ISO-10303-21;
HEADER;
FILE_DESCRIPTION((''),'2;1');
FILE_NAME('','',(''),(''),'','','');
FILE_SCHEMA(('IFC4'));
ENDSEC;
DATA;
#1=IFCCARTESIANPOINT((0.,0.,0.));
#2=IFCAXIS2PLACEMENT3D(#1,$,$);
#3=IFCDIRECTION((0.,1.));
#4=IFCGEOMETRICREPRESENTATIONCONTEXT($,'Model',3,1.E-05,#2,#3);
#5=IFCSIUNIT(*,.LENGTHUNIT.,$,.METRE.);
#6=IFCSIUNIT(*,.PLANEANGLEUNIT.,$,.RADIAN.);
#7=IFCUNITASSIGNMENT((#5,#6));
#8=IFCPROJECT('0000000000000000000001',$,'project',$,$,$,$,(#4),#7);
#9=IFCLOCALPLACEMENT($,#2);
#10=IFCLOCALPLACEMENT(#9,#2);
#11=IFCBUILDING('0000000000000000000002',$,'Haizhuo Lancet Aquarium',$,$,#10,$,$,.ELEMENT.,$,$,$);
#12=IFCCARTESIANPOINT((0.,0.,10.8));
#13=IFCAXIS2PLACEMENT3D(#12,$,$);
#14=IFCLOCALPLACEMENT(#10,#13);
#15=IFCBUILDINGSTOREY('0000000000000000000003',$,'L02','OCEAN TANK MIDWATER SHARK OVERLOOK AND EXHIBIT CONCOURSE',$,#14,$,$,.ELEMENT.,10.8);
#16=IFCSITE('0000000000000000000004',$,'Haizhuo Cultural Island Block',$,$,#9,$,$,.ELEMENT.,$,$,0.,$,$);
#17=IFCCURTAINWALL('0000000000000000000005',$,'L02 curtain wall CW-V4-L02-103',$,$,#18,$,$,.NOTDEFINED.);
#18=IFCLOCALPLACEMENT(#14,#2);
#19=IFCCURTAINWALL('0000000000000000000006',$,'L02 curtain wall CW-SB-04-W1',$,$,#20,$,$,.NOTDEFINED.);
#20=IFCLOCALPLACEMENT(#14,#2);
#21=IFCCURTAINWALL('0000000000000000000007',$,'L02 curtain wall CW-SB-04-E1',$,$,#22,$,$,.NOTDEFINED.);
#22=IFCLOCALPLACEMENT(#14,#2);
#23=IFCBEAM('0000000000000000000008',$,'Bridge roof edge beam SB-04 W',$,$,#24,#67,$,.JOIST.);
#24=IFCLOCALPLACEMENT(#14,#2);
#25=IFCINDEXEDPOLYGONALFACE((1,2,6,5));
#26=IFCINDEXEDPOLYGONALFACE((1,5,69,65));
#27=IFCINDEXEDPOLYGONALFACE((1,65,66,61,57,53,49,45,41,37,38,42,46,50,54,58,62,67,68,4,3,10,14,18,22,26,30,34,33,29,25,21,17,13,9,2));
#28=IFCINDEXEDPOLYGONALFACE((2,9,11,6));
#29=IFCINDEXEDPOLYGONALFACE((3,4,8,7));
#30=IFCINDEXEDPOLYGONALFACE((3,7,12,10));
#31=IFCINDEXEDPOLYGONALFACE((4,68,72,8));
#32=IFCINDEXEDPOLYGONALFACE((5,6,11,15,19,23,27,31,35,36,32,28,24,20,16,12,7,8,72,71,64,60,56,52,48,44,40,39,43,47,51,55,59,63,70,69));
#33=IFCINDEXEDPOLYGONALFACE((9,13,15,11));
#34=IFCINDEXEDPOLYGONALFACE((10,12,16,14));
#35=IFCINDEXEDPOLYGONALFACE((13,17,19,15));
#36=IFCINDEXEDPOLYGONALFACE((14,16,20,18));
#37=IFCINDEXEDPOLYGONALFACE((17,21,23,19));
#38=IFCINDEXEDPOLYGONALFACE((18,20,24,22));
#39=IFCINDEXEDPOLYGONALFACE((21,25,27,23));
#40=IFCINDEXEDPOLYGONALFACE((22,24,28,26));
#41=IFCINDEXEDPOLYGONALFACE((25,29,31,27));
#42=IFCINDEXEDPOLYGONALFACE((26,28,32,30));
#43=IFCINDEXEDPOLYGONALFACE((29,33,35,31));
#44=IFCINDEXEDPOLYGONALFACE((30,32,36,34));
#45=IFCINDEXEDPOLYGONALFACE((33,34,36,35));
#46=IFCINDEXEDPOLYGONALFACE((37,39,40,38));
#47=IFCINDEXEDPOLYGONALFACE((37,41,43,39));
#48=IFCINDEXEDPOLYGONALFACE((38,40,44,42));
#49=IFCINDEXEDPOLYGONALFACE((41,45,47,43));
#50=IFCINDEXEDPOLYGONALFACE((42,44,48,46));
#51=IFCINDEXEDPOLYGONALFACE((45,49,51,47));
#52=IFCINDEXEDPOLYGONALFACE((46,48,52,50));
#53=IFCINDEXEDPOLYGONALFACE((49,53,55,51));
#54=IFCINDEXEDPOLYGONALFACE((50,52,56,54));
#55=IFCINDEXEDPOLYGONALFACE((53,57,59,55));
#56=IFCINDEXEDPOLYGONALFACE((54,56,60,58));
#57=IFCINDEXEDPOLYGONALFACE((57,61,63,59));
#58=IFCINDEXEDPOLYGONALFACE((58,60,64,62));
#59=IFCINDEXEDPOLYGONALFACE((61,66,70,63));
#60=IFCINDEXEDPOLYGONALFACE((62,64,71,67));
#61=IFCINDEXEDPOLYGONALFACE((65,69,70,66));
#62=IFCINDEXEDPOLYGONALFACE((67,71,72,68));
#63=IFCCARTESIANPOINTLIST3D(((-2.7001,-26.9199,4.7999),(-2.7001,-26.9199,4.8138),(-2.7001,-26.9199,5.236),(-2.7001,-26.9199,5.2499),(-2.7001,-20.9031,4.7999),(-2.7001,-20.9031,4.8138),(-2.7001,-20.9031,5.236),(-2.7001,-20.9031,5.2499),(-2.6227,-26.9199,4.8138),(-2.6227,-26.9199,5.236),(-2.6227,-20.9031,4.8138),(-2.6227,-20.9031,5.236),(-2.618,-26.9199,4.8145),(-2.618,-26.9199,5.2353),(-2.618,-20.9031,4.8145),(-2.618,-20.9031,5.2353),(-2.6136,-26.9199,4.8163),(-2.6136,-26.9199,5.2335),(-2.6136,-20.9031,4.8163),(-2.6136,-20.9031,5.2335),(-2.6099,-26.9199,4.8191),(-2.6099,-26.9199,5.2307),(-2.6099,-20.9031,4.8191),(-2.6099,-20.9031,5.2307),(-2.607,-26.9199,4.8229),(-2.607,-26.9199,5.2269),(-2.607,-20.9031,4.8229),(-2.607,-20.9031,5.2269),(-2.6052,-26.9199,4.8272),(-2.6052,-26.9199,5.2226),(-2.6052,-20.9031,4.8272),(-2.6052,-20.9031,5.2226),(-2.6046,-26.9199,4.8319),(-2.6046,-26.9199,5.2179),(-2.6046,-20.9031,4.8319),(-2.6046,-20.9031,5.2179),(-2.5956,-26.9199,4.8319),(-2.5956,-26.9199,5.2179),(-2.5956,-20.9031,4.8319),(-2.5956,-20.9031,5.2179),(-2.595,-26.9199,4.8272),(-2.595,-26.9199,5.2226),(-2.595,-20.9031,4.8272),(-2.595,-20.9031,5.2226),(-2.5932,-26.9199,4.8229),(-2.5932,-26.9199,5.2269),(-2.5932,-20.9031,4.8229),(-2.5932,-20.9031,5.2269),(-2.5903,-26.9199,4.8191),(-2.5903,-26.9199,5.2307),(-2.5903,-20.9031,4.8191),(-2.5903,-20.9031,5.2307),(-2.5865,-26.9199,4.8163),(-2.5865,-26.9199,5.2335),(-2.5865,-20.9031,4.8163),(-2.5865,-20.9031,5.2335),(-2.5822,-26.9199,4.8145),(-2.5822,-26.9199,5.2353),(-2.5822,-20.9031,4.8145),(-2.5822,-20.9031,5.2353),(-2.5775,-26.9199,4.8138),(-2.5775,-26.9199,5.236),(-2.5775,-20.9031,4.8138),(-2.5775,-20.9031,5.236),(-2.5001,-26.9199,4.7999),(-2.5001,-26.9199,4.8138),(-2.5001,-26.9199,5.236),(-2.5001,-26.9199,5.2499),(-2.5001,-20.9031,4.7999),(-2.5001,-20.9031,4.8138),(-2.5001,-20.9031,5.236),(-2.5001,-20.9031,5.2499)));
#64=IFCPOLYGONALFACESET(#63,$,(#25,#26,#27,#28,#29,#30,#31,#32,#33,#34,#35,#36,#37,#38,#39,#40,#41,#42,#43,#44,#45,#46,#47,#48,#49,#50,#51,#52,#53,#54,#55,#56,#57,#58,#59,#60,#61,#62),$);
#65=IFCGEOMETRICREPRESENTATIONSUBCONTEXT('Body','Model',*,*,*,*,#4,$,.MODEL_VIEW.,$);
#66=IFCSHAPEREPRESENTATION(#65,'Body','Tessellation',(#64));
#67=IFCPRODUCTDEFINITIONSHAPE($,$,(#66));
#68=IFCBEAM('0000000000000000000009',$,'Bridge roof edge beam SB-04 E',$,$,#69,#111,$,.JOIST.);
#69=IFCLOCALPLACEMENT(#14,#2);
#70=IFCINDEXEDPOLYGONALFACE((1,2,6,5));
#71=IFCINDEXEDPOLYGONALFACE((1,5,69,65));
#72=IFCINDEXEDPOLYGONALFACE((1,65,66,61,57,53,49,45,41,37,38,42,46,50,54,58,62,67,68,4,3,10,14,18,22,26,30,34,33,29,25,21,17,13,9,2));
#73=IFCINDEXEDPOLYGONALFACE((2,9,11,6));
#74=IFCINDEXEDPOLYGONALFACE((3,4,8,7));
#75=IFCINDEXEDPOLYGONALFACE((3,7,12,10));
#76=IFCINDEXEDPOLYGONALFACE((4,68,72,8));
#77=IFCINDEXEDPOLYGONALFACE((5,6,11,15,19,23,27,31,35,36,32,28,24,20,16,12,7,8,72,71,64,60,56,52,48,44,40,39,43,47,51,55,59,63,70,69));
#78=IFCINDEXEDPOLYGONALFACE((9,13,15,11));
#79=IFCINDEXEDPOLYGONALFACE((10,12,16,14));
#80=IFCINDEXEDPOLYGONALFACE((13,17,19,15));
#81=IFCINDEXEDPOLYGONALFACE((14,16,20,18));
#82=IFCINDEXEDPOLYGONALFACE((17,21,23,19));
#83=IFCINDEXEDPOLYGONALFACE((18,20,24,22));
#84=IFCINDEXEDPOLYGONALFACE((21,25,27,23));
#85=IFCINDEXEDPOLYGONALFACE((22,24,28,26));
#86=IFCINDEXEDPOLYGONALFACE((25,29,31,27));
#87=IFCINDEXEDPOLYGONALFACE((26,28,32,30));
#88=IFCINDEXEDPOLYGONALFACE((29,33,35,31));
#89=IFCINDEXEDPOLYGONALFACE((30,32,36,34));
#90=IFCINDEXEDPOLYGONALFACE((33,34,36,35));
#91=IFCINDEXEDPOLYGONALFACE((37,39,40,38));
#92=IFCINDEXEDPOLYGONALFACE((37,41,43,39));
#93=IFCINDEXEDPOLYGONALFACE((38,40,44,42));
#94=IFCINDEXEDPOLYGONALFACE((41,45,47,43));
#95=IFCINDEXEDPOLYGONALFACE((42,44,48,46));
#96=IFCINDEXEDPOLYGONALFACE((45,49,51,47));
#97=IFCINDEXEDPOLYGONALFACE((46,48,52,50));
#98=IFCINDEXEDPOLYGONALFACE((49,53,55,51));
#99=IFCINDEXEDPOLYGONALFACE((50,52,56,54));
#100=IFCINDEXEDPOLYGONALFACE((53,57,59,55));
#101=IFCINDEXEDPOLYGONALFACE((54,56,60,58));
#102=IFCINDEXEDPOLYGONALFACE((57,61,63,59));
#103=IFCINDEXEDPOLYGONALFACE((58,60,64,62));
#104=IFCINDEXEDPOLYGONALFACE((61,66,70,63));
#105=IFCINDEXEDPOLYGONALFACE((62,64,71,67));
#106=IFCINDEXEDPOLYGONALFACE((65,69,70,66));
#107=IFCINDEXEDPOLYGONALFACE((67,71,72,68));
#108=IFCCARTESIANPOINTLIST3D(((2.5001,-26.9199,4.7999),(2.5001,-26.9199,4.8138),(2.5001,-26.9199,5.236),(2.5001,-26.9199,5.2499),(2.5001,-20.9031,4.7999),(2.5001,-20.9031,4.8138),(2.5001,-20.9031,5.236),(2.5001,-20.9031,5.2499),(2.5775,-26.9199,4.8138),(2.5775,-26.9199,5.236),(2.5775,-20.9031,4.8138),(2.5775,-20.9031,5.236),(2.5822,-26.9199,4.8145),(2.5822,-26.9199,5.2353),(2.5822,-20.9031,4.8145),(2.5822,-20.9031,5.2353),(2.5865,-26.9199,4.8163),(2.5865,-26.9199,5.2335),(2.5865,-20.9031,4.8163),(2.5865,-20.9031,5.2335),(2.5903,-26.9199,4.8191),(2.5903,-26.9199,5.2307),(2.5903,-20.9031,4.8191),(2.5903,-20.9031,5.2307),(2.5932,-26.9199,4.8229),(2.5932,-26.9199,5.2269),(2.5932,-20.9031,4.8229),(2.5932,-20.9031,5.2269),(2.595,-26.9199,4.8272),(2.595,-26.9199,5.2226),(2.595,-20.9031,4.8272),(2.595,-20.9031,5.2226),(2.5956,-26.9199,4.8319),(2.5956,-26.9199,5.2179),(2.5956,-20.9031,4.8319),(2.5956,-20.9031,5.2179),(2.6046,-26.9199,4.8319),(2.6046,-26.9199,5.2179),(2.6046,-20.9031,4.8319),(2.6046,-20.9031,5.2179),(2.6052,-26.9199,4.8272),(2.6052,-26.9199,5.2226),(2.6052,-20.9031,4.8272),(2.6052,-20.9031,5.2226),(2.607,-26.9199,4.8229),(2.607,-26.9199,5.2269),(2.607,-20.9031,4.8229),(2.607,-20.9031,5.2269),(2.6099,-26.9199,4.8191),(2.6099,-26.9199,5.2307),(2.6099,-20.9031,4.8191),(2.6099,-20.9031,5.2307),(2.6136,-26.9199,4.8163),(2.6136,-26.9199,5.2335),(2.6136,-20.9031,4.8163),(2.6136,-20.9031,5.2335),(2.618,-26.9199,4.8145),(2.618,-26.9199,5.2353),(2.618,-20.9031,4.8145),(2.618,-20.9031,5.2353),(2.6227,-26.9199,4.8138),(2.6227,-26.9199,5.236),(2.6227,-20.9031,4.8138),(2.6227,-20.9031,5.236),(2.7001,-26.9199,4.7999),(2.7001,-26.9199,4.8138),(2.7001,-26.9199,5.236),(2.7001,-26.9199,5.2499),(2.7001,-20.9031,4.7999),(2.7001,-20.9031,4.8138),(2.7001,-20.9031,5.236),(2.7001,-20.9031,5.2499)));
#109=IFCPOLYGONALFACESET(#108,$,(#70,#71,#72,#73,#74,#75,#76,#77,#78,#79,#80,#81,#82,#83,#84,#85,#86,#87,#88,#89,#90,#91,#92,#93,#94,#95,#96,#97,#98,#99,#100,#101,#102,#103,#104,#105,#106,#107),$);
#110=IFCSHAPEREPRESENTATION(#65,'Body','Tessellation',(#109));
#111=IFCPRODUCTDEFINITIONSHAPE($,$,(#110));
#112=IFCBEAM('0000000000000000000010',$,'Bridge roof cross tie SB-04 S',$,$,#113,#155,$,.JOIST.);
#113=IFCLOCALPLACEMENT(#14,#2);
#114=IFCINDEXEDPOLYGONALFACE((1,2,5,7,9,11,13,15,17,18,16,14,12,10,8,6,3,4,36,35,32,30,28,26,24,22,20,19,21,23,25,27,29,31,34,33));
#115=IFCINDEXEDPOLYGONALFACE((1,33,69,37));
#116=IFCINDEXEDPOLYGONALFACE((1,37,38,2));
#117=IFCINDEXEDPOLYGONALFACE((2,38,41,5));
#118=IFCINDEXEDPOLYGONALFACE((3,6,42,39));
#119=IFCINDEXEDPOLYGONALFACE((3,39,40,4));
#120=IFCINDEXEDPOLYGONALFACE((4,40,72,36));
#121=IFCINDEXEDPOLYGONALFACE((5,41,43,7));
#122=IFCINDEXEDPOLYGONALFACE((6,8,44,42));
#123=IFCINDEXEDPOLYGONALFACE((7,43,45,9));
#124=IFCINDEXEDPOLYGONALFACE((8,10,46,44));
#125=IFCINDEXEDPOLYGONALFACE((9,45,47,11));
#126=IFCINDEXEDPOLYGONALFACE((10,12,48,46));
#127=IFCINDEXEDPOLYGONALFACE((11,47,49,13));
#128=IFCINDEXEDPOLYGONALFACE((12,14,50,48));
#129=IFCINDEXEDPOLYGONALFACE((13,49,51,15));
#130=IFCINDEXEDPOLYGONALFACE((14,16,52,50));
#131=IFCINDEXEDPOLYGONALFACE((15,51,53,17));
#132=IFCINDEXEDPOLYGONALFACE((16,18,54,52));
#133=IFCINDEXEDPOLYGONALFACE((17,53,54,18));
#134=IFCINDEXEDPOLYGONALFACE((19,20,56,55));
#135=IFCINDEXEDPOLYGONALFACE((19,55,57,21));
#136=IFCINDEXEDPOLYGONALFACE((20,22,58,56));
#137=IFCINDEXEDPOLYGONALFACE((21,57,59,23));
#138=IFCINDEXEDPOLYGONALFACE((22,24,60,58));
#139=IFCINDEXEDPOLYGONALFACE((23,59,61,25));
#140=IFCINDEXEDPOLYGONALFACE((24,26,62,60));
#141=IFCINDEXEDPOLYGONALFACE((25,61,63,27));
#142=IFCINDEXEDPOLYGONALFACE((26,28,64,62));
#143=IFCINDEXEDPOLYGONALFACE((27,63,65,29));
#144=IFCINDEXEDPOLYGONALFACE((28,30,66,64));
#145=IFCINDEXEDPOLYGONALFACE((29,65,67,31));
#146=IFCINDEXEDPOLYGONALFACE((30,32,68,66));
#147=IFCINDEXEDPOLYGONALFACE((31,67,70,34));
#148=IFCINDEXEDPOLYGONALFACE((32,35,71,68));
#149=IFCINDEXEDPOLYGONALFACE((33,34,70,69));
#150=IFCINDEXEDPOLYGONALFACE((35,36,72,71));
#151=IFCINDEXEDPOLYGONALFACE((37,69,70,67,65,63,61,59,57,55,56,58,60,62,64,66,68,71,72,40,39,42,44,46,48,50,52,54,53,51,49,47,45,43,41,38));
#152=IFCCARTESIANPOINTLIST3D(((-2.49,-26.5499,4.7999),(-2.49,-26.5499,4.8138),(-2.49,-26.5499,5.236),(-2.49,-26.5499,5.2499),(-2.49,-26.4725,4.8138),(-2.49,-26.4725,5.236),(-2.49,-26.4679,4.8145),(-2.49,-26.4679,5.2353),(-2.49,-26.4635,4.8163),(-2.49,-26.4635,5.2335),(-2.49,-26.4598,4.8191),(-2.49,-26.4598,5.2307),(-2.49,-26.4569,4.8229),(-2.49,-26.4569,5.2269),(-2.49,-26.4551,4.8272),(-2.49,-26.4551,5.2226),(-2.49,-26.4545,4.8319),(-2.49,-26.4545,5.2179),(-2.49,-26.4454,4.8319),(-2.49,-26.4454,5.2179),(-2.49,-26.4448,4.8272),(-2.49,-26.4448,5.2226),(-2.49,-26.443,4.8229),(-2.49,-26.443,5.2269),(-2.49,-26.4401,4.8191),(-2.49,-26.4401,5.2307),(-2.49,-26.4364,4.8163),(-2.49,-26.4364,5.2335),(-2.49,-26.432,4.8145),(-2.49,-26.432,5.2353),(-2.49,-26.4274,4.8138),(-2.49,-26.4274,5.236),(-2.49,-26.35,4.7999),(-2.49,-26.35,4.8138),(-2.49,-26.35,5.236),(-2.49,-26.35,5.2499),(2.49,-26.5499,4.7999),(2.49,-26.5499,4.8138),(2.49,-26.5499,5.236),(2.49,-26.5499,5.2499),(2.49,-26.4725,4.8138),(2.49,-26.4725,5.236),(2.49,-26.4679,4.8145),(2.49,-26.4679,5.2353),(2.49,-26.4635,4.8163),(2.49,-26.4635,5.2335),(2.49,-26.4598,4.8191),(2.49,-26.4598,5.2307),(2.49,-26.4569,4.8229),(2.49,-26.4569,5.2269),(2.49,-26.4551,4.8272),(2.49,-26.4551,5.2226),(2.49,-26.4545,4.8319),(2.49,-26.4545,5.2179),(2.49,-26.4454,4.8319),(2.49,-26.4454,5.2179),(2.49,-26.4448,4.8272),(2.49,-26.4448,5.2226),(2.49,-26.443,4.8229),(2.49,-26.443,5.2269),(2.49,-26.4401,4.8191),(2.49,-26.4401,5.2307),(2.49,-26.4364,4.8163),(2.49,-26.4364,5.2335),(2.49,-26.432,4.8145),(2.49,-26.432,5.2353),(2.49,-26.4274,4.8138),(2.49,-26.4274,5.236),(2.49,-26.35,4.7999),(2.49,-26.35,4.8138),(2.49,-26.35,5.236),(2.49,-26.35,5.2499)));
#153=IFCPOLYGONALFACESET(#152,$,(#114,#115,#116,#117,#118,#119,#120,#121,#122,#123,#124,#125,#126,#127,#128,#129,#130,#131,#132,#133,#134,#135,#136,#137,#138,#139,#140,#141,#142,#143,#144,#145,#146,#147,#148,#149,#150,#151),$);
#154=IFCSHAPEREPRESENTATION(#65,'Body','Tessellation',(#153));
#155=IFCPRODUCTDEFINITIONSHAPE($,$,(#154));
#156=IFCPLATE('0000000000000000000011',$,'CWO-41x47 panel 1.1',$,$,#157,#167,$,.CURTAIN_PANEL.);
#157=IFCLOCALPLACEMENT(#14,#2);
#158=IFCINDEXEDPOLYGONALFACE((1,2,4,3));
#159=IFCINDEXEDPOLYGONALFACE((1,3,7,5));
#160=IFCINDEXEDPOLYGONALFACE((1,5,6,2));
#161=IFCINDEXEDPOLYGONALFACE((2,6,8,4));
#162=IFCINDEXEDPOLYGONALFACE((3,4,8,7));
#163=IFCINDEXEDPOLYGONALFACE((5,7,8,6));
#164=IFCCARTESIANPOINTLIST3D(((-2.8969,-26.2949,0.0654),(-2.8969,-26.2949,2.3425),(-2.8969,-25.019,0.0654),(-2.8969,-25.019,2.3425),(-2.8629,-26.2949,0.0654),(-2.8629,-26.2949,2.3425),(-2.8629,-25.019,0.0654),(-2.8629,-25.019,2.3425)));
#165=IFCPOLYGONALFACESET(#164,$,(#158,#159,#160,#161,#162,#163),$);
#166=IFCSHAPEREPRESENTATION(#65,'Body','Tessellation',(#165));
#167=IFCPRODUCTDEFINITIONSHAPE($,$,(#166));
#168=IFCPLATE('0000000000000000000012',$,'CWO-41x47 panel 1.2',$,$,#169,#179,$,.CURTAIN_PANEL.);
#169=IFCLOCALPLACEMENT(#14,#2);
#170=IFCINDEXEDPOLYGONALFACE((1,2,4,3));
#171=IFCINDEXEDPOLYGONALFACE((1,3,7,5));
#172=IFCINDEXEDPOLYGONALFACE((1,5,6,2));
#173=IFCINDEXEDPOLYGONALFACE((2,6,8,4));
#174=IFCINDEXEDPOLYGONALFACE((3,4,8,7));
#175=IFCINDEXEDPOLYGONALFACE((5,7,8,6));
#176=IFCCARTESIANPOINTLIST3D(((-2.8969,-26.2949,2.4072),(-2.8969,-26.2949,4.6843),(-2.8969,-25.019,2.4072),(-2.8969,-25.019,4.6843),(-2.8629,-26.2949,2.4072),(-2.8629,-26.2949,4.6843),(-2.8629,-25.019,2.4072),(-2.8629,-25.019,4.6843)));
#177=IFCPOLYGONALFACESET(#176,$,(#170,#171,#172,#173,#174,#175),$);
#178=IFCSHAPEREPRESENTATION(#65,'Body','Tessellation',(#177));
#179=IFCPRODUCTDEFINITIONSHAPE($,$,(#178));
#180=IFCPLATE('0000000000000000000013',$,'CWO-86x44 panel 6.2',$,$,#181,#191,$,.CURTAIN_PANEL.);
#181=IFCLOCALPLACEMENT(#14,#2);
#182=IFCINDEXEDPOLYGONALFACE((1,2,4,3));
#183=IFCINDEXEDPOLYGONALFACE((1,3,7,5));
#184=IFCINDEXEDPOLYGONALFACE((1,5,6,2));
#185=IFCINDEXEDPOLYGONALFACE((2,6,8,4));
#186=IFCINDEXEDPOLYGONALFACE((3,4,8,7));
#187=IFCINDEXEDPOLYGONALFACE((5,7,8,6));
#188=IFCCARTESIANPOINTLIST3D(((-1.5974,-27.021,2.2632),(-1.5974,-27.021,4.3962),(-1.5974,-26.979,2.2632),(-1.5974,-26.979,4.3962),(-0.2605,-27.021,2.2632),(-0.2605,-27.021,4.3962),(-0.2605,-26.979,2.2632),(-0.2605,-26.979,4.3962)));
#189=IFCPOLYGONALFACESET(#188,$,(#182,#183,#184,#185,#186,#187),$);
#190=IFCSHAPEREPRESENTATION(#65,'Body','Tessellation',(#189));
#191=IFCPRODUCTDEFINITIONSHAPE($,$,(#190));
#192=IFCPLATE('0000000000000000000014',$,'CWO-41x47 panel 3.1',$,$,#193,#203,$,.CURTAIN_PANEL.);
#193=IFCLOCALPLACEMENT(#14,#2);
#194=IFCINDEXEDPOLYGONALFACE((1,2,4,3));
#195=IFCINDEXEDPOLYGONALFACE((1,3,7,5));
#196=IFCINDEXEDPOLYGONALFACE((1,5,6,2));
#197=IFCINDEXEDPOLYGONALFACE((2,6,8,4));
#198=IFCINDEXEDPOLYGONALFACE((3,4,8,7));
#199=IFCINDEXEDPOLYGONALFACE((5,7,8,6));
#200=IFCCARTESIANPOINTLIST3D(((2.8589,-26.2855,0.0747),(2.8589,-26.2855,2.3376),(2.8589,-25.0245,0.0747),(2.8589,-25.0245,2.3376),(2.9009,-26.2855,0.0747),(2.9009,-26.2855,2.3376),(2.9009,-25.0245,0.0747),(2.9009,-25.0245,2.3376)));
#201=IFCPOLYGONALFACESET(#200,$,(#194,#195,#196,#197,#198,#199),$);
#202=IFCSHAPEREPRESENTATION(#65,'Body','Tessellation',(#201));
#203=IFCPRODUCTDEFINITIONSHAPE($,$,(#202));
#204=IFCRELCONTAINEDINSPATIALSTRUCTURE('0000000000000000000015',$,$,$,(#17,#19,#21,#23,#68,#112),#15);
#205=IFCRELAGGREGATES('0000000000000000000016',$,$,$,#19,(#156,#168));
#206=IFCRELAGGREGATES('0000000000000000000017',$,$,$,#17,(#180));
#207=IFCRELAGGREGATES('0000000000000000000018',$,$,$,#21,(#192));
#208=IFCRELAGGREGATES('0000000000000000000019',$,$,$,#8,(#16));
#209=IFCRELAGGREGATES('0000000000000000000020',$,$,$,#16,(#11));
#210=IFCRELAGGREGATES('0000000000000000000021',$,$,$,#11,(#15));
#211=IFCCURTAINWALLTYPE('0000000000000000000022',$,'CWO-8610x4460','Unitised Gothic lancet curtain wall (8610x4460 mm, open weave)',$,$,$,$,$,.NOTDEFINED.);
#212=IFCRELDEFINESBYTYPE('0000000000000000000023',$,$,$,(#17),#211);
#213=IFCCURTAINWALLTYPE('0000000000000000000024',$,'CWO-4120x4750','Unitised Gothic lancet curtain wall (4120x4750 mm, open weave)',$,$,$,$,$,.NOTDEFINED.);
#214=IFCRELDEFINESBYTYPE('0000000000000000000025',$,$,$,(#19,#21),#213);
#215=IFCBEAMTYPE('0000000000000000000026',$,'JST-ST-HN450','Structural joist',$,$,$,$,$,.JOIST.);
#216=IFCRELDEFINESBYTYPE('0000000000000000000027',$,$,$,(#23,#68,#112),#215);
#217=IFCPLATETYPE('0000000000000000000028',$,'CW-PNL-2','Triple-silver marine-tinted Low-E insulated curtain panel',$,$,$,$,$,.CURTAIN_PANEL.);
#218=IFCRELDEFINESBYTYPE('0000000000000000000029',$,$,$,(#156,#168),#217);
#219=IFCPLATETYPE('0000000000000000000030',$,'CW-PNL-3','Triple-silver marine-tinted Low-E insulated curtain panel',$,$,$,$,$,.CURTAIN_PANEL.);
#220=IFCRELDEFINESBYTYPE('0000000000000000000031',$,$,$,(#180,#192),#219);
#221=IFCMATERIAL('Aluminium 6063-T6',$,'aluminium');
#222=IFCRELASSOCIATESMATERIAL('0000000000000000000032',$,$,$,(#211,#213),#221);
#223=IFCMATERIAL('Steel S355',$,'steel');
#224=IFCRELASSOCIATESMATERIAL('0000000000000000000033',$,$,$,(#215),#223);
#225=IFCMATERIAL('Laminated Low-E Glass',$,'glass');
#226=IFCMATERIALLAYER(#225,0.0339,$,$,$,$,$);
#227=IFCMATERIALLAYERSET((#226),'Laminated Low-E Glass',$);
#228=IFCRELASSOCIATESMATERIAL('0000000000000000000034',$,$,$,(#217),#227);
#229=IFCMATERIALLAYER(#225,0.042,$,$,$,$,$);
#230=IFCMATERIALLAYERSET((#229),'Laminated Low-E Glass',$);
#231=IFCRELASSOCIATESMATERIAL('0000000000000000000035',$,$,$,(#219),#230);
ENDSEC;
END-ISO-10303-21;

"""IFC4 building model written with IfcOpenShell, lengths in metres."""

from ifc_helpers import new_model, si_unit, direction, frame, origin, origin_2d, place, context, subcontext, project, spatial, rectangle, i_section, extrude, material, layer, layer_set, material_profile, profile_set, type_object, element, aggregate, save


model = new_model("IFC4")

# Units and contexts
model_context = context("Model", 3, precision=1e-05, world=origin(), true_north=direction((0.0, 1.0)))
body_context = subcontext(model_context, "Body", "Model", "MODEL_VIEW")
ifc_project = project(units=[si_unit("LENGTHUNIT", "METRE"), si_unit("PLANEANGLEUNIT", "RADIAN")], contexts=[model_context])

# Site, building, storey
site_placement = place(None, origin())
site = spatial("IfcSite", under=ifc_project, at=site_placement, Name="Haizhuo Cultural Island Block", CompositionType="ELEMENT", RefElevation=0.0)
building_placement = place(site_placement, origin())
building = spatial("IfcBuilding", under=site, at=building_placement, Name="Haizhuo Lancet Aquarium", CompositionType="ELEMENT")
storey_placement = place(building_placement, frame((0.0, 0.0, 10.8)))
storey = spatial("IfcBuildingStorey", under=building, at=storey_placement, Name="L02", Description="OCEAN TANK MIDWATER SHARK OVERLOOK AND EXHIBIT CONCOURSE", CompositionType="ELEMENT", Elevation=10.8)

# Shared definitions
ifc_material_1 = material(Name="Steel S355", Category="steel")

# Curtain wall
ifc_material_2 = material(Name="Aluminium 6063-T6", Category="aluminium")
curtain_wall_type_1 = type_object("IfcCurtainWallType", Name="CWO-8610x4460", Description="Unitised Gothic lancet curtain wall (8610x4460 mm, open weave)", PredefinedType="NOTDEFINED", material=ifc_material_2)
curtain_wall_1_placement = place(storey_placement, origin())
curtain_wall_1 = element("IfcCurtainWall", 1, at=curtain_wall_1_placement, inside=storey, type_object=curtain_wall_type_1, Name="L02 curtain wall CW-V4-L02-103", PredefinedType="NOTDEFINED")

# Curtain walls
curtain_wall_type_2 = type_object("IfcCurtainWallType", Name="CWO-4120x4750", Description="Unitised Gothic lancet curtain wall (4120x4750 mm, open weave)", PredefinedType="NOTDEFINED", material=ifc_material_2)
curtain_wall_2_placement = place(storey_placement, origin())
curtain_wall_2 = element("IfcCurtainWall", 2, at=curtain_wall_2_placement, inside=storey, type_object=curtain_wall_type_2, Name="L02 curtain wall CW-SB-04-W1", PredefinedType="NOTDEFINED")
curtain_wall_3_placement = place(storey_placement, origin())
curtain_wall_3 = element("IfcCurtainWall", 3, at=curtain_wall_3_placement, inside=storey, type_object=curtain_wall_type_2, Name="L02 curtain wall CW-SB-04-E1", PredefinedType="NOTDEFINED")

# Beams
ifc_material_profile_1 = material_profile(ifc_material_1, i_section(OverallWidth=0.2, OverallDepth=0.45, WebThickness=0.009, FlangeThickness=0.0139, FilletRadius=0.0181, at=origin_2d()), Name="HN 450x200x9x14")
ifc_profile_set_1 = profile_set([ifc_material_profile_1], Name="Steel S355")
beam_type_1 = type_object("IfcBeamType", Name="JST-ST-HN450", Description="Structural joist", PredefinedType="JOIST", material=ifc_profile_set_1)
for number, where, z_axis, x_axis, name in (
    (4, (-2.6001, -26.9199, 5.0249), (0.0, 1.0, 0.0), (-1.0, 0.0, 0.0), "Bridge roof edge beam SB-04 W"),
    (5, (2.6001, -26.9199, 5.0249), (0.0, 1.0, 0.0), (-1.0, 0.0, 0.0), "Bridge roof edge beam SB-04 E"),
):
    element("IfcBeam", number, at=place(storey_placement, frame(where, z_axis=z_axis, x_axis=x_axis)), inside=storey, type_object=beam_type_1, Name=name, PredefinedType="JOIST", context=body_context, shape_type="SweptSolid", body=[
        extrude(i_section(OverallWidth=0.2, OverallDepth=0.45, WebThickness=0.009, FlangeThickness=0.0139, FilletRadius=0.0181, at=origin_2d()), origin(), (0.0, 0.0, 1.0), 6.0168),
    ])
beam_1_placement = place(storey_placement, frame((-2.49, -26.45, 5.0249), z_axis=(1.0, 0.0, 0.0), x_axis=(0.0, 1.0, 0.0)))
element("IfcBeam", 6, at=beam_1_placement, inside=storey, type_object=beam_type_1, Name="Bridge roof cross tie SB-04 S", PredefinedType="JOIST", context=body_context, shape_type="SweptSolid", body=[
    extrude(i_section(OverallWidth=0.2, OverallDepth=0.45, WebThickness=0.009, FlangeThickness=0.0139, FilletRadius=0.0181, at=origin_2d()), origin(), (0.0, 0.0, 1.0), 4.98),
])

# Plates
ifc_material_3 = material(Name="Laminated Low-E Glass", Category="glass")
ifc_layer_1 = layer(ifc_material_3, 0.0339)
ifc_layer_set_1 = layer_set([ifc_layer_1], Name="Laminated Low-E Glass")
plate_type_1 = type_object("IfcPlateType", Name="CW-PNL-2", Description="Triple-silver marine-tinted Low-E insulated curtain panel", PredefinedType="CURTAIN_PANEL", material=ifc_layer_set_1)
plate_1_placement = place(storey_placement, frame((-2.8799, -25.657, 0.0654), z_axis=(0.0, 0.0, 1.0), x_axis=(0.0, 1.0, 0.0)))
plate_1 = element("IfcPlate", 7, at=plate_1_placement, type_object=plate_type_1, Name="CWO-41x47 panel 1.1", PredefinedType="CURTAIN_PANEL", context=body_context, shape_type="SweptSolid", body=[
    extrude(rectangle(XDim=1.2759, YDim=0.0339, at=origin_2d()), origin(), (0.0, 0.0, 1.0), 2.2771),
])
plate_2_placement = place(storey_placement, frame((-2.8799, -25.657, 2.4072), z_axis=(0.0, 0.0, 1.0), x_axis=(0.0, 1.0, 0.0)))
plate_2 = element("IfcPlate", 8, at=plate_2_placement, type_object=plate_type_1, Name="CWO-41x47 panel 1.2", PredefinedType="CURTAIN_PANEL", context=body_context, shape_type="SweptSolid", body=[
    extrude(rectangle(XDim=1.2759, YDim=0.0339, at=origin_2d()), origin(), (0.0, 0.0, 1.0), 2.2771),
])
aggregate(curtain_wall_2, [plate_1, plate_2])
ifc_layer_2 = layer(ifc_material_3, 0.042)
ifc_layer_set_2 = layer_set([ifc_layer_2], Name="Laminated Low-E Glass")
plate_type_2 = type_object("IfcPlateType", Name="CW-PNL-3", Description="Triple-silver marine-tinted Low-E insulated curtain panel", PredefinedType="CURTAIN_PANEL", material=ifc_layer_set_2)
plate_3_placement = place(storey_placement, frame((-0.929, -27.0, 2.2632), z_axis=(0.0, 0.0, 1.0), x_axis=(1.0, 0.0, 0.0)))
plate_3 = element("IfcPlate", 9, at=plate_3_placement, type_object=plate_type_2, Name="CWO-86x44 panel 6.2", PredefinedType="CURTAIN_PANEL", context=body_context, shape_type="SweptSolid", body=[
    extrude(rectangle(XDim=1.3369, YDim=0.042, at=origin_2d()), origin(), (0.0, 0.0, 1.0), 2.1331),
])
aggregate(curtain_wall_1, [plate_3])
plate_4_placement = place(storey_placement, frame((2.8799, -25.655, 0.0747), z_axis=(0.0, 0.0, 1.0), x_axis=(0.0, -1.0, 0.0)))
plate_4 = element("IfcPlate", 10, at=plate_4_placement, type_object=plate_type_2, Name="CWO-41x47 panel 3.1", PredefinedType="CURTAIN_PANEL", context=body_context, shape_type="SweptSolid", body=[
    extrude(rectangle(XDim=1.261, YDim=0.042, at=origin_2d()), origin(), (0.0, 0.0, 1.0), 2.2629),
])
aggregate(curtain_wall_3, [plate_4])

save(model, "model.ifc")
